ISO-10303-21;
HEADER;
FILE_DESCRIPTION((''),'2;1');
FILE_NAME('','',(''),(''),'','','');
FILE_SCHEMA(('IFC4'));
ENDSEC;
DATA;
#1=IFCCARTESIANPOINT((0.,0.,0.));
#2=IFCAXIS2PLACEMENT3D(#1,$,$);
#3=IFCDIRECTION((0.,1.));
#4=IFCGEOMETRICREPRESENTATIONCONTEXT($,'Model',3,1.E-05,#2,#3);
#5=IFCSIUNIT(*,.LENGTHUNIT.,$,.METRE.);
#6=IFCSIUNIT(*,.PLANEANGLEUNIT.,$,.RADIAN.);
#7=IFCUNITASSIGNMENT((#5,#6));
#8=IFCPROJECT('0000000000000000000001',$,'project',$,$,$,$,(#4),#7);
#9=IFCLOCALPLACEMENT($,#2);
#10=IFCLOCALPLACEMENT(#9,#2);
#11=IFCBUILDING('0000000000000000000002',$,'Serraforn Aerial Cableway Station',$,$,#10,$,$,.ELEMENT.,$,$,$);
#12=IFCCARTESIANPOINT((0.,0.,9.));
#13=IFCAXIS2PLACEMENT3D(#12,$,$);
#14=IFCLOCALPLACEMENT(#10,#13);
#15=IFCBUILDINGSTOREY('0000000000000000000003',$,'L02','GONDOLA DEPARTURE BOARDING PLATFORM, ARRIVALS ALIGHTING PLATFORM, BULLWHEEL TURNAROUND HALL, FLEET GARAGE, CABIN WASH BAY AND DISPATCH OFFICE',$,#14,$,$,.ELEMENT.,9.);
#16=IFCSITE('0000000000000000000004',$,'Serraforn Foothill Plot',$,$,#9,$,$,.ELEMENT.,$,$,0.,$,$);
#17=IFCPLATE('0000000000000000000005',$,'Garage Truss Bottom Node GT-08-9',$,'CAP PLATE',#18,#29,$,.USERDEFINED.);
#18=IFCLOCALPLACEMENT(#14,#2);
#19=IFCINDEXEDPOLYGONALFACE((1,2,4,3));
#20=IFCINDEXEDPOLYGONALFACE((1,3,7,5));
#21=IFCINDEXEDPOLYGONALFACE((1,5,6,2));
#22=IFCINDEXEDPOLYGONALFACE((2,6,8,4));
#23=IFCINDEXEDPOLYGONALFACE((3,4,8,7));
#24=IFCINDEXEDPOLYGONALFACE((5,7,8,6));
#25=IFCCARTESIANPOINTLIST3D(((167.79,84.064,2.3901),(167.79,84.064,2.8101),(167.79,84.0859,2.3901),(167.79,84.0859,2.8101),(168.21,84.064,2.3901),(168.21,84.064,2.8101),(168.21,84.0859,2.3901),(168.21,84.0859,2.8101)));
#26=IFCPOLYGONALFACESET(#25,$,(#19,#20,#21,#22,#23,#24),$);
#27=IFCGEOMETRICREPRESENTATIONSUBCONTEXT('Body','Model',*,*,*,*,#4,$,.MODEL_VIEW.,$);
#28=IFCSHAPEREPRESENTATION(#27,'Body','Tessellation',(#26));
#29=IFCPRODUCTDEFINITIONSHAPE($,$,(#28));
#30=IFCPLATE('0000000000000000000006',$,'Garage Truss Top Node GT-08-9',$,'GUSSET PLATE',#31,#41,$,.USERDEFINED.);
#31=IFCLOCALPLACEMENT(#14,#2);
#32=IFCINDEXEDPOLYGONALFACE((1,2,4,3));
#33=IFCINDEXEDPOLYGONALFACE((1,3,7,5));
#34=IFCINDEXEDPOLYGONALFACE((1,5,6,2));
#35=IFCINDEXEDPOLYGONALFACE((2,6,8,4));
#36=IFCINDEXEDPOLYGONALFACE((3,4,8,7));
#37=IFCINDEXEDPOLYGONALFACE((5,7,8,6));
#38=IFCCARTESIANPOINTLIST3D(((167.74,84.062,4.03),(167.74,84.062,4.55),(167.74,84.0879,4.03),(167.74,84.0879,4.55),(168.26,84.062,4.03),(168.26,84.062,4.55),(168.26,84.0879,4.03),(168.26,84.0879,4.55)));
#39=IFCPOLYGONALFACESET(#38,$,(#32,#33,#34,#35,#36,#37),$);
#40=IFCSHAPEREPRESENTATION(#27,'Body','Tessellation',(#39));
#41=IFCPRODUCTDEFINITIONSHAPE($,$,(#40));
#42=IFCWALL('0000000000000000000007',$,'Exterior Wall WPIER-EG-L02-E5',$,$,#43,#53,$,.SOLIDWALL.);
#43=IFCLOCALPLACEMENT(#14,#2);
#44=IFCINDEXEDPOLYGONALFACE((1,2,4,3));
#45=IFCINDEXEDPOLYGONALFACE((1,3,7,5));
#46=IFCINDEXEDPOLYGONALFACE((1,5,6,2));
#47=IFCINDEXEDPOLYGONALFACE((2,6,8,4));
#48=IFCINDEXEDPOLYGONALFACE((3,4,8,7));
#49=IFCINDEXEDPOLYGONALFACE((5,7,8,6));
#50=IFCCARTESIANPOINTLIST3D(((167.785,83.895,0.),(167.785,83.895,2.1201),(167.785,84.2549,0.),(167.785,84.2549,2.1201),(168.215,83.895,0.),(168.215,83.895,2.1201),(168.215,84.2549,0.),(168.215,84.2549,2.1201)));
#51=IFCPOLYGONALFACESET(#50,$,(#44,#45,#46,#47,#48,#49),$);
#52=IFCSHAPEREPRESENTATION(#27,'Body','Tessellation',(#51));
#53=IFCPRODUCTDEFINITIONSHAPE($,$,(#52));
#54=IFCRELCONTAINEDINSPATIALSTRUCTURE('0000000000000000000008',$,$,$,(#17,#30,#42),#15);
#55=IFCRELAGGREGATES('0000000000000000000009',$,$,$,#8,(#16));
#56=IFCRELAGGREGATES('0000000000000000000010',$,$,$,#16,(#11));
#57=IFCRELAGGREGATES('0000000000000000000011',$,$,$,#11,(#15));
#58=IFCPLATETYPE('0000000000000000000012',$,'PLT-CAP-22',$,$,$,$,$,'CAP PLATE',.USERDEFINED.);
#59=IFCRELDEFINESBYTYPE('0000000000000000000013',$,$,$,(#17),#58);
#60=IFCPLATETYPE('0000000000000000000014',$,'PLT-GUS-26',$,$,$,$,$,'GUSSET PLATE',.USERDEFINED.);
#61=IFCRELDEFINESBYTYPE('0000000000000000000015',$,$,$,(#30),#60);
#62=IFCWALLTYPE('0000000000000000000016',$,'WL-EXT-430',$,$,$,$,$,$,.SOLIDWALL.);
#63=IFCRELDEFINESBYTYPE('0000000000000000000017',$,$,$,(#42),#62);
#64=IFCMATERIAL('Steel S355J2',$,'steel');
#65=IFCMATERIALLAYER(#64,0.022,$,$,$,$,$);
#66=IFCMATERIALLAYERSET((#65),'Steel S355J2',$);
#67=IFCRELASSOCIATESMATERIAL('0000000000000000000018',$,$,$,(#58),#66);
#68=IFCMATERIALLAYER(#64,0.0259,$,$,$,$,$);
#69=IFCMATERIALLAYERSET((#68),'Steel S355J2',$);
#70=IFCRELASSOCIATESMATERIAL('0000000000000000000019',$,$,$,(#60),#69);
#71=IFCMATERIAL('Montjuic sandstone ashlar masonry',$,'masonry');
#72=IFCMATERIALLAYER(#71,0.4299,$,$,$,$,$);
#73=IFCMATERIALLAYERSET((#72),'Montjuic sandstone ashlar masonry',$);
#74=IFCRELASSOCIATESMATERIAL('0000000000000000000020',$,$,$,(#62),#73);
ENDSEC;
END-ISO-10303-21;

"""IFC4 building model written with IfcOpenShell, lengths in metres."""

from ifc_helpers import new_model, si_unit, direction, frame, frame_2d, origin, origin_2d, place, context, subcontext, project, spatial, rectangle, extrude, material, layer, layer_set, type_object, element, save


model = new_model("IFC4")

# Units and contexts
model_context = context("Model", 3, precision=1e-05, world=origin(), true_north=direction((0.0, 1.0)))
body_context = subcontext(model_context, "Body", "Model", "MODEL_VIEW")
ifc_project = project(units=[si_unit("LENGTHUNIT", "METRE"), si_unit("PLANEANGLEUNIT", "RADIAN")], contexts=[model_context])

# Site, building, storey
site_placement = place(None, origin())
site = spatial("IfcSite", under=ifc_project, at=site_placement, Name="Serraforn Foothill Plot", CompositionType="ELEMENT", RefElevation=0.0)
building_placement = place(site_placement, origin())
building = spatial("IfcBuilding", under=site, at=building_placement, Name="Serraforn Aerial Cableway Station", CompositionType="ELEMENT")
storey_placement = place(building_placement, frame((0.0, 0.0, 9.0)))
storey = spatial("IfcBuildingStorey", under=building, at=storey_placement, Name="L02", Description="GONDOLA DEPARTURE BOARDING PLATFORM, ARRIVALS ALIGHTING PLATFORM, BULLWHEEL TURNAROUND HALL, FLEET GARAGE, CABIN WASH BAY AND DISPATCH OFFICE", CompositionType="ELEMENT", Elevation=9.0)

# Shared definitions
ifc_material_1 = material(Name="Steel S355J2", Category="steel")

# Plates
ifc_layer_1 = layer(ifc_material_1, 0.022)
ifc_layer_set_1 = layer_set([ifc_layer_1], Name="Steel S355J2")
plate_type_1 = type_object("IfcPlateType", Name="PLT-CAP-22", ElementType="CAP PLATE", PredefinedType="USERDEFINED", material=ifc_layer_set_1)
plate_1_placement = place(storey_placement, frame((168.0, 84.075, 2.3901), z_axis=(0.0, 0.0, 1.0), x_axis=(1.0, 0.0, 0.0)))
element("IfcPlate", 1, at=plate_1_placement, inside=storey, type_object=plate_type_1, Name="Garage Truss Bottom Node GT-08-9", ObjectType="CAP PLATE", PredefinedType="USERDEFINED", context=body_context, shape_type="SweptSolid", body=[
    extrude(rectangle(XDim=0.4199, YDim=0.022, at=origin_2d()), origin(), (0.0, 0.0, 1.0), 0.4199),
])
ifc_layer_2 = layer(ifc_material_1, 0.0259)
ifc_layer_set_2 = layer_set([ifc_layer_2], Name="Steel S355J2")
plate_type_2 = type_object("IfcPlateType", Name="PLT-GUS-26", ElementType="GUSSET PLATE", PredefinedType="USERDEFINED", material=ifc_layer_set_2)
plate_2_placement = place(storey_placement, frame((168.0, 84.075, 4.03), z_axis=(0.0, 0.0, 1.0), x_axis=(1.0, 0.0, 0.0)))
element("IfcPlate", 2, at=plate_2_placement, inside=storey, type_object=plate_type_2, Name="Garage Truss Top Node GT-08-9", ObjectType="GUSSET PLATE", PredefinedType="USERDEFINED", context=body_context, shape_type="SweptSolid", body=[
    extrude(rectangle(XDim=0.52, YDim=0.0259, at=origin_2d()), origin(), (0.0, 0.0, 1.0), 0.52),
])

# Wall
ifc_material_2 = material(Name="Montjuic sandstone ashlar masonry", Category="masonry")
ifc_layer_3 = layer(ifc_material_2, 0.4299)
ifc_layer_set_3 = layer_set([ifc_layer_3], Name="Montjuic sandstone ashlar masonry")
wall_type = type_object("IfcWallType", Name="WL-EXT-430", PredefinedType="SOLIDWALL", material=ifc_layer_set_3)
wall_placement = place(storey_placement, frame((168.0, 83.895, 0.0), z_axis=(0.0, 0.0, 1.0), x_axis=(0.0, 1.0, 0.0)))
element("IfcWall", 3, at=wall_placement, inside=storey, type_object=wall_type, Name="Exterior Wall WPIER-EG-L02-E5", PredefinedType="SOLIDWALL", context=body_context, shape_type="SweptSolid", body=[
    extrude(rectangle(XDim=0.3599, YDim=0.4299, at=frame_2d((0.1799, 0.0))), origin(), (0.0, 0.0, 1.0), 2.1201),
])

save(model, "model.ifc")
